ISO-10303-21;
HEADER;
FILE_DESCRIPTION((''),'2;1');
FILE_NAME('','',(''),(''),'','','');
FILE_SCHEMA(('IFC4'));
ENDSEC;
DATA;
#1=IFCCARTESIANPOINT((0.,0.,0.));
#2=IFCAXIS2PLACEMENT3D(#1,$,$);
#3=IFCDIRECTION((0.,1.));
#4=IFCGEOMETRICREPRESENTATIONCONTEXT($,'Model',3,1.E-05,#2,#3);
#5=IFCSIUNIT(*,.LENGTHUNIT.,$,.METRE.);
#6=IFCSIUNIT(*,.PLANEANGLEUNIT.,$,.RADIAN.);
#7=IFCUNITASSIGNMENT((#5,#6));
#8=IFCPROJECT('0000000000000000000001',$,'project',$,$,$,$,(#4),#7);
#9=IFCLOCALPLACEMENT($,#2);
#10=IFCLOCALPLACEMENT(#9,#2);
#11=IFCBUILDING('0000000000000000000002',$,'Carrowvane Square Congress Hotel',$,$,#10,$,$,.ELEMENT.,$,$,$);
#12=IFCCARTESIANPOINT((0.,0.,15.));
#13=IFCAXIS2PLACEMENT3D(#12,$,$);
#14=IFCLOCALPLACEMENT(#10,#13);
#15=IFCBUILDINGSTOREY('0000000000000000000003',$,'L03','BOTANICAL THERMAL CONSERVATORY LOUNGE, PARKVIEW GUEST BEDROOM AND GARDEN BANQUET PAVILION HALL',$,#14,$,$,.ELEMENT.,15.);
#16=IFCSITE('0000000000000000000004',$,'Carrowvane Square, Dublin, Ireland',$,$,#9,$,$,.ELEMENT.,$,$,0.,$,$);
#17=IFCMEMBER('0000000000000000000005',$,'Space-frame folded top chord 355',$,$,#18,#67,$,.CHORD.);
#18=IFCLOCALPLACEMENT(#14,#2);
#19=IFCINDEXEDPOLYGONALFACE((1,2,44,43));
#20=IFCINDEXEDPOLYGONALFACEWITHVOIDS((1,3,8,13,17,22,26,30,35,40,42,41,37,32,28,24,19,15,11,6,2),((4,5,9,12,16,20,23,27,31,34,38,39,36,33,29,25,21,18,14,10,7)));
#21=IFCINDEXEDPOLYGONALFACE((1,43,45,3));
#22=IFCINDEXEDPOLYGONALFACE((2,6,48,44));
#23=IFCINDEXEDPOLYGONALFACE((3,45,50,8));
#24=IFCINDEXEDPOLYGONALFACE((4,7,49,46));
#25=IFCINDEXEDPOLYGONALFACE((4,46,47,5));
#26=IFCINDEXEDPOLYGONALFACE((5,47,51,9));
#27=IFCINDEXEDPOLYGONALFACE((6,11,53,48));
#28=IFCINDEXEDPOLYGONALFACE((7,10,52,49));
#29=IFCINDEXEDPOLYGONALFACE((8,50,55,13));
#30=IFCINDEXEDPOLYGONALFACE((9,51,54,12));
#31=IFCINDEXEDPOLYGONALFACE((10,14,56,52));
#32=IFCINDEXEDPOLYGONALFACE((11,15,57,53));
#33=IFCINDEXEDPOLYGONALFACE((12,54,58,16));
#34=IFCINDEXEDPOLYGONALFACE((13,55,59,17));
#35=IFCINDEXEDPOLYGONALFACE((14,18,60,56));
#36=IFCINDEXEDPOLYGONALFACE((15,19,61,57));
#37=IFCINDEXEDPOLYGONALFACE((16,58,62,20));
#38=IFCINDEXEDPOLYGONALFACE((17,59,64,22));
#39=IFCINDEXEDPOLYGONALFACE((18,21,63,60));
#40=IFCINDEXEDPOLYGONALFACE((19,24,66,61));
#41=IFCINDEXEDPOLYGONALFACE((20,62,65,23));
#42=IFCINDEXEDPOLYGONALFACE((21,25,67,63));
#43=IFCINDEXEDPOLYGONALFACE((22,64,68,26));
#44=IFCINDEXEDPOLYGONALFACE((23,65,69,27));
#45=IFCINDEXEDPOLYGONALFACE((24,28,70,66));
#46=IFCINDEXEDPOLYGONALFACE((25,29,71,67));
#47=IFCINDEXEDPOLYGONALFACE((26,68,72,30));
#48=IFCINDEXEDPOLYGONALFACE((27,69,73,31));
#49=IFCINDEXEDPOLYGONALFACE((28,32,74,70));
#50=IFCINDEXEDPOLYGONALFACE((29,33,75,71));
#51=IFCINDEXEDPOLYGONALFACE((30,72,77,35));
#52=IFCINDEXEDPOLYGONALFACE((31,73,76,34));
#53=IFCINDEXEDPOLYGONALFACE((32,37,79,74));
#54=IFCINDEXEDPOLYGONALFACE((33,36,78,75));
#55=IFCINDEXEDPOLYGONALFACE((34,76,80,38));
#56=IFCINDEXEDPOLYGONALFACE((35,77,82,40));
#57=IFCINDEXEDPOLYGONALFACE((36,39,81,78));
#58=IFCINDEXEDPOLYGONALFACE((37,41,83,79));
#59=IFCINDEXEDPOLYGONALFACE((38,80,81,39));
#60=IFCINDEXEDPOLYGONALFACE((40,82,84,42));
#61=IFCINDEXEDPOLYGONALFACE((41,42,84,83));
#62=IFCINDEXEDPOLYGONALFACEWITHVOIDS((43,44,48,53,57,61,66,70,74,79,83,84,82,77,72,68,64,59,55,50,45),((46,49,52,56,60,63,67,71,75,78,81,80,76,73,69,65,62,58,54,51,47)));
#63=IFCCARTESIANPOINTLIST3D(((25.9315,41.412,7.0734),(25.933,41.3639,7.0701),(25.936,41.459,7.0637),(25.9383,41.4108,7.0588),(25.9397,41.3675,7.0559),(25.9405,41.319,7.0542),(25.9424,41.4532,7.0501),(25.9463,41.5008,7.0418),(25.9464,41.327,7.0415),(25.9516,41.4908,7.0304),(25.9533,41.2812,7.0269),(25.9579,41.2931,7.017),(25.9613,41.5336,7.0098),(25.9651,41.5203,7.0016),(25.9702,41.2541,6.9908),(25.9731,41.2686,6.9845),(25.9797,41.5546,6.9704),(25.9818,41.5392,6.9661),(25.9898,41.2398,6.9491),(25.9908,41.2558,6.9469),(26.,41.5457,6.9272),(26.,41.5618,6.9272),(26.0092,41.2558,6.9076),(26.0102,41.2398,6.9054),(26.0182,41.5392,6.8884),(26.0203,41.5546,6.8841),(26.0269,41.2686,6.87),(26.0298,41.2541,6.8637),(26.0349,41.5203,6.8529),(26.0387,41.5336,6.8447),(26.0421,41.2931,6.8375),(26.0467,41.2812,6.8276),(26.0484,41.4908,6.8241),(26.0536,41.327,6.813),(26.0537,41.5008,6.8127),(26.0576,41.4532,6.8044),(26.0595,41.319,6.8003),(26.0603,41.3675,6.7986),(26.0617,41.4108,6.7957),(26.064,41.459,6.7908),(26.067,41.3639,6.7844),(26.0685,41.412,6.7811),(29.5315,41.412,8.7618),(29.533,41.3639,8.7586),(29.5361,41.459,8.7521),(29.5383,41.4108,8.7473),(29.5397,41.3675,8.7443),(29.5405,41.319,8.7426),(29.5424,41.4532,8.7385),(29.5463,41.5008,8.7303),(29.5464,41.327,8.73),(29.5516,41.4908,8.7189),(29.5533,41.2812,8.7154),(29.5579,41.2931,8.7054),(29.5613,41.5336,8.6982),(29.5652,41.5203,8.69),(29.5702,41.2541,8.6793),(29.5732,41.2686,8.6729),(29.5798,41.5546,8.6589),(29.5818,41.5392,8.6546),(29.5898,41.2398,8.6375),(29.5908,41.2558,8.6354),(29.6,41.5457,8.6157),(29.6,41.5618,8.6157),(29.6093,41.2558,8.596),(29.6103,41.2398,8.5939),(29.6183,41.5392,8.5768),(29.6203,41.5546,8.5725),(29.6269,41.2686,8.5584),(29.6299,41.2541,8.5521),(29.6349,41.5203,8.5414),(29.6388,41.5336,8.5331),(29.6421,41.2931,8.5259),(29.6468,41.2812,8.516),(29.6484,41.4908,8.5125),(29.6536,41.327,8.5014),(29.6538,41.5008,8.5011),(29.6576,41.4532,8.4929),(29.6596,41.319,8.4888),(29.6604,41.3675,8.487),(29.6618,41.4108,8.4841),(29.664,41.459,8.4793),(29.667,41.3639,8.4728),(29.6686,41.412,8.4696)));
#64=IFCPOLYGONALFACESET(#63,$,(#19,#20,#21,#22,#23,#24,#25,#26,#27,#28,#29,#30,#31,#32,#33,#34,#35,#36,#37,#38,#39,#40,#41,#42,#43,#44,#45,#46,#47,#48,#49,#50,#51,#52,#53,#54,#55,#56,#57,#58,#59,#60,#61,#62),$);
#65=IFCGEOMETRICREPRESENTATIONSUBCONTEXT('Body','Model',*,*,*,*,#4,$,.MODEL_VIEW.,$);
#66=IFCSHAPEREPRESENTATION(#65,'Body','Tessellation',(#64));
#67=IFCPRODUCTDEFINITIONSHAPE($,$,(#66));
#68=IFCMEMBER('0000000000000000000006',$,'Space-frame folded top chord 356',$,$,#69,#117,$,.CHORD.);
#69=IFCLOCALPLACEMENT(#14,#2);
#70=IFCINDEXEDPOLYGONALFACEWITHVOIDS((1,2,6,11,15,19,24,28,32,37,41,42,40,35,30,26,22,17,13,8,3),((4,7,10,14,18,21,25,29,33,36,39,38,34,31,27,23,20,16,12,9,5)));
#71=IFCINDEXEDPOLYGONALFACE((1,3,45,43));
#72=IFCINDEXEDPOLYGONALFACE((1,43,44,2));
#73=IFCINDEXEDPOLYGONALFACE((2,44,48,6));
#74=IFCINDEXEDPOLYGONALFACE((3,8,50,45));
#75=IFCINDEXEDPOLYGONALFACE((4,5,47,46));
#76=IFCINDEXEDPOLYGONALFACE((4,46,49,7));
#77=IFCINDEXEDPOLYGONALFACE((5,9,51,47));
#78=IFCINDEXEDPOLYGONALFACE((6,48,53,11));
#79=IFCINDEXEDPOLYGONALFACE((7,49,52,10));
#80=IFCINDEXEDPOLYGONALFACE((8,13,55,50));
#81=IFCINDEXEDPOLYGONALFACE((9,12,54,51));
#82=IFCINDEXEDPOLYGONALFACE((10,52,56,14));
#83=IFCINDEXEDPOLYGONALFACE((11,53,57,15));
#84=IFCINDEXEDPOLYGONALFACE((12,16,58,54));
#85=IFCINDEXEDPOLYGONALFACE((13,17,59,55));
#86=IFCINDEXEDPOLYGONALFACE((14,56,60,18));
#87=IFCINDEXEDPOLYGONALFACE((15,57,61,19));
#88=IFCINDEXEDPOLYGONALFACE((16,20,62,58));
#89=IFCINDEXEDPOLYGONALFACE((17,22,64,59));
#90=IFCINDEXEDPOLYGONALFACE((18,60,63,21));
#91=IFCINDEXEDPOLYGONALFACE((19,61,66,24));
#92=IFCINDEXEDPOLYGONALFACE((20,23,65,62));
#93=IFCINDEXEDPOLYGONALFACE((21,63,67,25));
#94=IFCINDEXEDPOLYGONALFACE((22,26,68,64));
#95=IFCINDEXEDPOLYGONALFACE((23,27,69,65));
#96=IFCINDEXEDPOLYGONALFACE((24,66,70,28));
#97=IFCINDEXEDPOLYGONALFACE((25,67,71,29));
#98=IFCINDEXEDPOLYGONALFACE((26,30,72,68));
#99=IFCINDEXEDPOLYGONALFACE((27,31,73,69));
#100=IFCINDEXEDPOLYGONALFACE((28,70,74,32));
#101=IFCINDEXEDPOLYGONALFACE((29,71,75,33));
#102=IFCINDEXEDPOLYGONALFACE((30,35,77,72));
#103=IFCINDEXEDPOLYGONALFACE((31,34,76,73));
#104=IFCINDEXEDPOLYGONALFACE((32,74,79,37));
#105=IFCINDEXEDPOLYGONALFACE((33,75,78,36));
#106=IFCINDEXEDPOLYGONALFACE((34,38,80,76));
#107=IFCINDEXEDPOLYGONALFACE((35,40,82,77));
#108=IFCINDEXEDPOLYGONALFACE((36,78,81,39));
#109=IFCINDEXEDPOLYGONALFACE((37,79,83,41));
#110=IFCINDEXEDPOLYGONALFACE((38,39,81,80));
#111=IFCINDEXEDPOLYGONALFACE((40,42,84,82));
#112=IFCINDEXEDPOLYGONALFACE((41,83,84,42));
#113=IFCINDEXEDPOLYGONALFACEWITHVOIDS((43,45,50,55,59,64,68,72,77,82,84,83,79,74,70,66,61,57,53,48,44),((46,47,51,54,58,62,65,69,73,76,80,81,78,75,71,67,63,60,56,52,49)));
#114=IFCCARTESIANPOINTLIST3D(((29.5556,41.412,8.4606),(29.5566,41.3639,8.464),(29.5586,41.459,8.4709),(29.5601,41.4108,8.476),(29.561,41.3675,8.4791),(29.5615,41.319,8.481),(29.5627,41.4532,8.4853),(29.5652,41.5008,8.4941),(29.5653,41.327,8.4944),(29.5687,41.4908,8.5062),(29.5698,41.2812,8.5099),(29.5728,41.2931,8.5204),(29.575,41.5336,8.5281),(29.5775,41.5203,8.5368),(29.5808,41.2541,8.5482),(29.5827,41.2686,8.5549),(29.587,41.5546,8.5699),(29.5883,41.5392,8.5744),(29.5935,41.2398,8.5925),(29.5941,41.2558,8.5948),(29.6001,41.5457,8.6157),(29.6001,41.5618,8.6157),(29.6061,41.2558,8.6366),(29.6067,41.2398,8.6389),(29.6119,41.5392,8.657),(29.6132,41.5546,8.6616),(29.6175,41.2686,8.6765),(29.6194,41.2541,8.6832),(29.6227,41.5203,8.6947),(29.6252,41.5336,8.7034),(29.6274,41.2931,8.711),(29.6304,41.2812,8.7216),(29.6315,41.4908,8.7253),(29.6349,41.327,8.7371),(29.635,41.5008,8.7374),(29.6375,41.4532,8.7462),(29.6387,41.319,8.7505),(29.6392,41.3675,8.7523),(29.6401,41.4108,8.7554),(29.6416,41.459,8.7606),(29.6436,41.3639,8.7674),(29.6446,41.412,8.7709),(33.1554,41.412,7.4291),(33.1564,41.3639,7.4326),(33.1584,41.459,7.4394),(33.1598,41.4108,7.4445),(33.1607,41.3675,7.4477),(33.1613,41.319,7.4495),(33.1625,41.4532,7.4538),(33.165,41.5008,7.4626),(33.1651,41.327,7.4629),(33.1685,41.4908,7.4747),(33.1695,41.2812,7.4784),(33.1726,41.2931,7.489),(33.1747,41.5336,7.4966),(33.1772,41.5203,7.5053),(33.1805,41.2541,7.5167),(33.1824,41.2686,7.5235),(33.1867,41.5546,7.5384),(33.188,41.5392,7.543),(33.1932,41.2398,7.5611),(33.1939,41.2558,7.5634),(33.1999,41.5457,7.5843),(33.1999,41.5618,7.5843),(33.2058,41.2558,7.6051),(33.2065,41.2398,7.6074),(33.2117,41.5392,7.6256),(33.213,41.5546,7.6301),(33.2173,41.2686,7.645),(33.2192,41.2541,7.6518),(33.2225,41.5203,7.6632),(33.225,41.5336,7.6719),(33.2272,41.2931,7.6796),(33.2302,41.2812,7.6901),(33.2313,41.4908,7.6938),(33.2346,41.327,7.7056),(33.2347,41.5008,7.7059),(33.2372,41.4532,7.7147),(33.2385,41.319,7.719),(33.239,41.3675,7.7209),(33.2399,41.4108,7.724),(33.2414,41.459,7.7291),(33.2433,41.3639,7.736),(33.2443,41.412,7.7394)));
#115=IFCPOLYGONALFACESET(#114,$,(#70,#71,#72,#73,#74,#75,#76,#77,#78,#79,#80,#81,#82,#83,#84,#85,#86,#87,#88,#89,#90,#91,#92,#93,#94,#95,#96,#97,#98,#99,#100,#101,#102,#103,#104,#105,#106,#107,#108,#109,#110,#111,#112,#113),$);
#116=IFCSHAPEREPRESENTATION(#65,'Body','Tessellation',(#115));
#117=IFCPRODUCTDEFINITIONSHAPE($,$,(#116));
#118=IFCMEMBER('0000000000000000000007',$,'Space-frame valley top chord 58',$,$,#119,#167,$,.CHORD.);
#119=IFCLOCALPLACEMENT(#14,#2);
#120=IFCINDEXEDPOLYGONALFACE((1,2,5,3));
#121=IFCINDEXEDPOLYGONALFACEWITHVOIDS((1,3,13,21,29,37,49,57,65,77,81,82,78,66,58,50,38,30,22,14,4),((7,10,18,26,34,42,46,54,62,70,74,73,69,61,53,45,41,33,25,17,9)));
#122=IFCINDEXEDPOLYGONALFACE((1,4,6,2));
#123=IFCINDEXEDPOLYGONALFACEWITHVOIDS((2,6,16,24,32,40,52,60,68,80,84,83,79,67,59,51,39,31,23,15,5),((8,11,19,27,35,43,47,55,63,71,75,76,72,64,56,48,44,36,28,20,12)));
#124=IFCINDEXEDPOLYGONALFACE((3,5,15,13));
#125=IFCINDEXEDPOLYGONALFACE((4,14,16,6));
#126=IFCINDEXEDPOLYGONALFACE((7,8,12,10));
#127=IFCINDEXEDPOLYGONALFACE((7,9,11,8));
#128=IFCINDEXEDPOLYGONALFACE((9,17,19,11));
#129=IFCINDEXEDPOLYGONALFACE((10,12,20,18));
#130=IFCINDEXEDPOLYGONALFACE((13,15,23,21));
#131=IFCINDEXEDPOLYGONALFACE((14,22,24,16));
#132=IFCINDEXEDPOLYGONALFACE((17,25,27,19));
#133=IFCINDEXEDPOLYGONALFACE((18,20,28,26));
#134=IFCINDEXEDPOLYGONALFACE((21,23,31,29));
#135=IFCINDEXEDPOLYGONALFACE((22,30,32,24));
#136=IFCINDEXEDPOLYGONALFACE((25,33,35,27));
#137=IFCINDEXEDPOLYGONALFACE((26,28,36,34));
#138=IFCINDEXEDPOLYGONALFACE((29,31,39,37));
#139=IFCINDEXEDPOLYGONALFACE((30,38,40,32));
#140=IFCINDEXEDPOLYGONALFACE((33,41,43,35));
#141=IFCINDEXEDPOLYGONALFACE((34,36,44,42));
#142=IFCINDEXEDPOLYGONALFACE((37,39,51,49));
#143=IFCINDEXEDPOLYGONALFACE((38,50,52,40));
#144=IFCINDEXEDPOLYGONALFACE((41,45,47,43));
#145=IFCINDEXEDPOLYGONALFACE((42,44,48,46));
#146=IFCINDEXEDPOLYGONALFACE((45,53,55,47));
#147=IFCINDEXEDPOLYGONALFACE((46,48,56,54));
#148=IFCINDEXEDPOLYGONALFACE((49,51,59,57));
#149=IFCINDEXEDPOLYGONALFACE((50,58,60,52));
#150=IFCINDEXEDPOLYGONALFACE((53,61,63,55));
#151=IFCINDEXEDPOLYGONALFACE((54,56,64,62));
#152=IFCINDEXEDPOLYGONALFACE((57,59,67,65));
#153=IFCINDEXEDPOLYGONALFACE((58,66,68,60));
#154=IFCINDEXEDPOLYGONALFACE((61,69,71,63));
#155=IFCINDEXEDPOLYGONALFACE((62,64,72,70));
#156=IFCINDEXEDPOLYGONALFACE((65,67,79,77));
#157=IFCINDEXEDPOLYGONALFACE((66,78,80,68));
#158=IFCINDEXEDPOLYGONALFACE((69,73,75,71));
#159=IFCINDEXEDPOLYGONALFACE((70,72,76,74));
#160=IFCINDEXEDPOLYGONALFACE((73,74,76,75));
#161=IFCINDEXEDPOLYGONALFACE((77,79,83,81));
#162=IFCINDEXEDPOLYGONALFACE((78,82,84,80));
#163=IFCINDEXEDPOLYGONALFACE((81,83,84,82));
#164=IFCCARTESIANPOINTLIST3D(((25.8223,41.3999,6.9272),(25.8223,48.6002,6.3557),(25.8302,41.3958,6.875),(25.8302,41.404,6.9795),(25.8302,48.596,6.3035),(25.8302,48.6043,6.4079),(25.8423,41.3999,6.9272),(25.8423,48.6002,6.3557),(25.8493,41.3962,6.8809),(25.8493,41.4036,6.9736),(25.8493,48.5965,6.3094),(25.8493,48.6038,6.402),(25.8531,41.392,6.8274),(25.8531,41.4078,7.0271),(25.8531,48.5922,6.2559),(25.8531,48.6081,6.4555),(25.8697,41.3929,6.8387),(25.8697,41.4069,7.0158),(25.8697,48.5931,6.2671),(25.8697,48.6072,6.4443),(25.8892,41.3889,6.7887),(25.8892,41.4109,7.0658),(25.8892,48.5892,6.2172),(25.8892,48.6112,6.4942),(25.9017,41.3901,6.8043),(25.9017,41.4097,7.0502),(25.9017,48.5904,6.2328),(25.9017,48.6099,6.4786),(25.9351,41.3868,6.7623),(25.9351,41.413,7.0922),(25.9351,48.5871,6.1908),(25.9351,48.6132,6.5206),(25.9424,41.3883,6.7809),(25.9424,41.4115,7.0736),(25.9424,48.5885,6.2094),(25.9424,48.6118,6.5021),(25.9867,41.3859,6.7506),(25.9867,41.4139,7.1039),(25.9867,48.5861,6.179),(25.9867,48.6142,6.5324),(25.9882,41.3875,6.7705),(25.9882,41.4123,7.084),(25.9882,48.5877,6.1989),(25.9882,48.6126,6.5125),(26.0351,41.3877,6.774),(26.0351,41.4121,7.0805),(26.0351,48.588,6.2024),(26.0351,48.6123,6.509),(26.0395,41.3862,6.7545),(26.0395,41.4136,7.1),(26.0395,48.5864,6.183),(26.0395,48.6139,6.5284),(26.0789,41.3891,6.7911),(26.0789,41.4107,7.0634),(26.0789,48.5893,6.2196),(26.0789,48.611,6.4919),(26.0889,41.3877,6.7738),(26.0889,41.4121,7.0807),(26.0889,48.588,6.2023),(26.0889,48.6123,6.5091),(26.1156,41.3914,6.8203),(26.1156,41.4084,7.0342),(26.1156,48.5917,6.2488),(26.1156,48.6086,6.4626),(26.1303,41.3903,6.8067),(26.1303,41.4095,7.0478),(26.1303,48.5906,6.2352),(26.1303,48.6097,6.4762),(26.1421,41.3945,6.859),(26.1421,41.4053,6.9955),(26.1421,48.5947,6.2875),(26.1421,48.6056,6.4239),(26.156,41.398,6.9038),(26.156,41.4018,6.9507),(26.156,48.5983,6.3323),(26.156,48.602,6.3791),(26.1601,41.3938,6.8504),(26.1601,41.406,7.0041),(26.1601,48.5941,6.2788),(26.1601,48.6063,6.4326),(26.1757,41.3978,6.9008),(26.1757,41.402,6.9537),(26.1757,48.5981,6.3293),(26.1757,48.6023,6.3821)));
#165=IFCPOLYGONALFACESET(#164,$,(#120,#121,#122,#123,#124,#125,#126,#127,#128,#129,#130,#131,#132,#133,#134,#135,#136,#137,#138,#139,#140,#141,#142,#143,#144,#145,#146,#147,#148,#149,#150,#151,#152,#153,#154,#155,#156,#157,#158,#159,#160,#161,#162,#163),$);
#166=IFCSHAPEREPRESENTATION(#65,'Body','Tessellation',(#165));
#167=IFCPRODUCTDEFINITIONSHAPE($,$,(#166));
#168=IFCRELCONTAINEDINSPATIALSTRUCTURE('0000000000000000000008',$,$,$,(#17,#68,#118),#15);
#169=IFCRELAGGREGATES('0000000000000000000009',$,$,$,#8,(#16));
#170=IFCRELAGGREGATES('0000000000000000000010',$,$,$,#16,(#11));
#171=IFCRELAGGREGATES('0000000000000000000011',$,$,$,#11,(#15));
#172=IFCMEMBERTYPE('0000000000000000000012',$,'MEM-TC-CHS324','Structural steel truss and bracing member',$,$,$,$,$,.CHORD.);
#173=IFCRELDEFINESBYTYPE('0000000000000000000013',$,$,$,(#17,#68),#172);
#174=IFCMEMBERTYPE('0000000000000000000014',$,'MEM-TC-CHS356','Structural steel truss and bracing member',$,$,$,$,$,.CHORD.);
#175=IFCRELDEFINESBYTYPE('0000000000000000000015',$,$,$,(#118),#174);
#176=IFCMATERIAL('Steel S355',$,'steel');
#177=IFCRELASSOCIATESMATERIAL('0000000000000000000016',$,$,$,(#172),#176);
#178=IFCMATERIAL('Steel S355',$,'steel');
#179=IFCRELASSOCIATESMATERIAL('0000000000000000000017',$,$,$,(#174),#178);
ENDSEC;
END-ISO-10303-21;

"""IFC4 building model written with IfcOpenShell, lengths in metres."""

from ifc_helpers import new_model, si_unit, direction, frame, origin, origin_2d, place, context, subcontext, project, spatial, hollow_circle, extrude, material, material_profile, profile_set, type_object, element, save


model = new_model("IFC4")

# Units and contexts
model_context = context("Model", 3, precision=1e-05, world=origin(), true_north=direction((0.0, 1.0)))
body_context = subcontext(model_context, "Body", "Model", "MODEL_VIEW")
ifc_project = project(units=[si_unit("LENGTHUNIT", "METRE"), si_unit("PLANEANGLEUNIT", "RADIAN")], contexts=[model_context])

# Site, building, storey
site_placement = place(None, origin())
site = spatial("IfcSite", under=ifc_project, at=site_placement, Name="Carrowvane Square, Dublin, Ireland", CompositionType="ELEMENT", RefElevation=0.0)
building_placement = place(site_placement, origin())
building = spatial("IfcBuilding", under=site, at=building_placement, Name="Carrowvane Square Congress Hotel", CompositionType="ELEMENT")
storey_placement = place(building_placement, frame((0.0, 0.0, 15.0)))
storey = spatial("IfcBuildingStorey", under=building, at=storey_placement, Name="L03", Description="BOTANICAL THERMAL CONSERVATORY LOUNGE, PARKVIEW GUEST BEDROOM AND GARDEN BANQUET PAVILION HALL", CompositionType="ELEMENT", Elevation=15.0)

# Members
ifc_material_1 = material(Name="Steel S355", Category="steel")
ifc_material_profile_1 = material_profile(ifc_material_1, hollow_circle(Radius=0.1619, WallThickness=0.0161, at=origin_2d()), Name="CHS 323.9x16")
ifc_profile_set_1 = profile_set([ifc_material_profile_1], Name="Steel S355")
member_type_1 = type_object("IfcMemberType", Name="MEM-TC-CHS324", Description="Structural steel truss and bracing member", PredefinedType="CHORD", material=ifc_profile_set_1)
member_1_placement = place(storey_placement, frame((26.0, 41.3999, 6.9272), z_axis=(0.905369, 0.0, 0.424626), x_axis=(0.0, 1.0, 0.0)))
element("IfcMember", 1, at=member_1_placement, inside=storey, type_object=member_type_1, Name="Space-frame folded top chord 355", PredefinedType="CHORD", context=body_context, shape_type="SweptSolid", body=[
    extrude(hollow_circle(Radius=0.1619, WallThickness=0.0161, at=origin_2d()), origin(), (0.0, 0.0, 1.0), 3.9763),
])
member_2_placement = place(storey_placement, frame((29.6001, 41.3999, 8.6157), z_axis=(0.961315, 0.0, -0.275453), x_axis=(0.0, 1.0, 0.0)))
element("IfcMember", 2, at=member_2_placement, inside=storey, type_object=member_type_1, Name="Space-frame folded top chord 356", PredefinedType="CHORD", context=body_context, shape_type="SweptSolid", body=[
    extrude(hollow_circle(Radius=0.1619, WallThickness=0.0161, at=origin_2d()), origin(), (0.0, 0.0, 1.0), 3.7446),
])
ifc_material_2 = material(Name="Steel S355", Category="steel")
ifc_material_profile_2 = material_profile(ifc_material_2, hollow_circle(Radius=0.1777, WallThickness=0.02, at=origin_2d()), Name="CHS 355.6x20")
ifc_profile_set_2 = profile_set([ifc_material_profile_2], Name="Steel S355")
member_type_2 = type_object("IfcMemberType", Name="MEM-TC-CHS356", Description="Structural steel truss and bracing member", PredefinedType="CHORD", material=ifc_profile_set_2)
member_3_placement = place(storey_placement, frame((26.0, 41.3999, 6.9272), z_axis=(0.0, 0.996864, -0.079129), x_axis=(-1.0, 0.0, 0.0)))
element("IfcMember", 3, at=member_3_placement, inside=storey, type_object=member_type_2, Name="Space-frame valley top chord 58", PredefinedType="CHORD", context=body_context, shape_type="SweptSolid", body=[
    extrude(hollow_circle(Radius=0.1777, WallThickness=0.02, at=origin_2d()), origin(), (0.0, 0.0, 1.0), 7.2229),
])

save(model, "model.ifc")
